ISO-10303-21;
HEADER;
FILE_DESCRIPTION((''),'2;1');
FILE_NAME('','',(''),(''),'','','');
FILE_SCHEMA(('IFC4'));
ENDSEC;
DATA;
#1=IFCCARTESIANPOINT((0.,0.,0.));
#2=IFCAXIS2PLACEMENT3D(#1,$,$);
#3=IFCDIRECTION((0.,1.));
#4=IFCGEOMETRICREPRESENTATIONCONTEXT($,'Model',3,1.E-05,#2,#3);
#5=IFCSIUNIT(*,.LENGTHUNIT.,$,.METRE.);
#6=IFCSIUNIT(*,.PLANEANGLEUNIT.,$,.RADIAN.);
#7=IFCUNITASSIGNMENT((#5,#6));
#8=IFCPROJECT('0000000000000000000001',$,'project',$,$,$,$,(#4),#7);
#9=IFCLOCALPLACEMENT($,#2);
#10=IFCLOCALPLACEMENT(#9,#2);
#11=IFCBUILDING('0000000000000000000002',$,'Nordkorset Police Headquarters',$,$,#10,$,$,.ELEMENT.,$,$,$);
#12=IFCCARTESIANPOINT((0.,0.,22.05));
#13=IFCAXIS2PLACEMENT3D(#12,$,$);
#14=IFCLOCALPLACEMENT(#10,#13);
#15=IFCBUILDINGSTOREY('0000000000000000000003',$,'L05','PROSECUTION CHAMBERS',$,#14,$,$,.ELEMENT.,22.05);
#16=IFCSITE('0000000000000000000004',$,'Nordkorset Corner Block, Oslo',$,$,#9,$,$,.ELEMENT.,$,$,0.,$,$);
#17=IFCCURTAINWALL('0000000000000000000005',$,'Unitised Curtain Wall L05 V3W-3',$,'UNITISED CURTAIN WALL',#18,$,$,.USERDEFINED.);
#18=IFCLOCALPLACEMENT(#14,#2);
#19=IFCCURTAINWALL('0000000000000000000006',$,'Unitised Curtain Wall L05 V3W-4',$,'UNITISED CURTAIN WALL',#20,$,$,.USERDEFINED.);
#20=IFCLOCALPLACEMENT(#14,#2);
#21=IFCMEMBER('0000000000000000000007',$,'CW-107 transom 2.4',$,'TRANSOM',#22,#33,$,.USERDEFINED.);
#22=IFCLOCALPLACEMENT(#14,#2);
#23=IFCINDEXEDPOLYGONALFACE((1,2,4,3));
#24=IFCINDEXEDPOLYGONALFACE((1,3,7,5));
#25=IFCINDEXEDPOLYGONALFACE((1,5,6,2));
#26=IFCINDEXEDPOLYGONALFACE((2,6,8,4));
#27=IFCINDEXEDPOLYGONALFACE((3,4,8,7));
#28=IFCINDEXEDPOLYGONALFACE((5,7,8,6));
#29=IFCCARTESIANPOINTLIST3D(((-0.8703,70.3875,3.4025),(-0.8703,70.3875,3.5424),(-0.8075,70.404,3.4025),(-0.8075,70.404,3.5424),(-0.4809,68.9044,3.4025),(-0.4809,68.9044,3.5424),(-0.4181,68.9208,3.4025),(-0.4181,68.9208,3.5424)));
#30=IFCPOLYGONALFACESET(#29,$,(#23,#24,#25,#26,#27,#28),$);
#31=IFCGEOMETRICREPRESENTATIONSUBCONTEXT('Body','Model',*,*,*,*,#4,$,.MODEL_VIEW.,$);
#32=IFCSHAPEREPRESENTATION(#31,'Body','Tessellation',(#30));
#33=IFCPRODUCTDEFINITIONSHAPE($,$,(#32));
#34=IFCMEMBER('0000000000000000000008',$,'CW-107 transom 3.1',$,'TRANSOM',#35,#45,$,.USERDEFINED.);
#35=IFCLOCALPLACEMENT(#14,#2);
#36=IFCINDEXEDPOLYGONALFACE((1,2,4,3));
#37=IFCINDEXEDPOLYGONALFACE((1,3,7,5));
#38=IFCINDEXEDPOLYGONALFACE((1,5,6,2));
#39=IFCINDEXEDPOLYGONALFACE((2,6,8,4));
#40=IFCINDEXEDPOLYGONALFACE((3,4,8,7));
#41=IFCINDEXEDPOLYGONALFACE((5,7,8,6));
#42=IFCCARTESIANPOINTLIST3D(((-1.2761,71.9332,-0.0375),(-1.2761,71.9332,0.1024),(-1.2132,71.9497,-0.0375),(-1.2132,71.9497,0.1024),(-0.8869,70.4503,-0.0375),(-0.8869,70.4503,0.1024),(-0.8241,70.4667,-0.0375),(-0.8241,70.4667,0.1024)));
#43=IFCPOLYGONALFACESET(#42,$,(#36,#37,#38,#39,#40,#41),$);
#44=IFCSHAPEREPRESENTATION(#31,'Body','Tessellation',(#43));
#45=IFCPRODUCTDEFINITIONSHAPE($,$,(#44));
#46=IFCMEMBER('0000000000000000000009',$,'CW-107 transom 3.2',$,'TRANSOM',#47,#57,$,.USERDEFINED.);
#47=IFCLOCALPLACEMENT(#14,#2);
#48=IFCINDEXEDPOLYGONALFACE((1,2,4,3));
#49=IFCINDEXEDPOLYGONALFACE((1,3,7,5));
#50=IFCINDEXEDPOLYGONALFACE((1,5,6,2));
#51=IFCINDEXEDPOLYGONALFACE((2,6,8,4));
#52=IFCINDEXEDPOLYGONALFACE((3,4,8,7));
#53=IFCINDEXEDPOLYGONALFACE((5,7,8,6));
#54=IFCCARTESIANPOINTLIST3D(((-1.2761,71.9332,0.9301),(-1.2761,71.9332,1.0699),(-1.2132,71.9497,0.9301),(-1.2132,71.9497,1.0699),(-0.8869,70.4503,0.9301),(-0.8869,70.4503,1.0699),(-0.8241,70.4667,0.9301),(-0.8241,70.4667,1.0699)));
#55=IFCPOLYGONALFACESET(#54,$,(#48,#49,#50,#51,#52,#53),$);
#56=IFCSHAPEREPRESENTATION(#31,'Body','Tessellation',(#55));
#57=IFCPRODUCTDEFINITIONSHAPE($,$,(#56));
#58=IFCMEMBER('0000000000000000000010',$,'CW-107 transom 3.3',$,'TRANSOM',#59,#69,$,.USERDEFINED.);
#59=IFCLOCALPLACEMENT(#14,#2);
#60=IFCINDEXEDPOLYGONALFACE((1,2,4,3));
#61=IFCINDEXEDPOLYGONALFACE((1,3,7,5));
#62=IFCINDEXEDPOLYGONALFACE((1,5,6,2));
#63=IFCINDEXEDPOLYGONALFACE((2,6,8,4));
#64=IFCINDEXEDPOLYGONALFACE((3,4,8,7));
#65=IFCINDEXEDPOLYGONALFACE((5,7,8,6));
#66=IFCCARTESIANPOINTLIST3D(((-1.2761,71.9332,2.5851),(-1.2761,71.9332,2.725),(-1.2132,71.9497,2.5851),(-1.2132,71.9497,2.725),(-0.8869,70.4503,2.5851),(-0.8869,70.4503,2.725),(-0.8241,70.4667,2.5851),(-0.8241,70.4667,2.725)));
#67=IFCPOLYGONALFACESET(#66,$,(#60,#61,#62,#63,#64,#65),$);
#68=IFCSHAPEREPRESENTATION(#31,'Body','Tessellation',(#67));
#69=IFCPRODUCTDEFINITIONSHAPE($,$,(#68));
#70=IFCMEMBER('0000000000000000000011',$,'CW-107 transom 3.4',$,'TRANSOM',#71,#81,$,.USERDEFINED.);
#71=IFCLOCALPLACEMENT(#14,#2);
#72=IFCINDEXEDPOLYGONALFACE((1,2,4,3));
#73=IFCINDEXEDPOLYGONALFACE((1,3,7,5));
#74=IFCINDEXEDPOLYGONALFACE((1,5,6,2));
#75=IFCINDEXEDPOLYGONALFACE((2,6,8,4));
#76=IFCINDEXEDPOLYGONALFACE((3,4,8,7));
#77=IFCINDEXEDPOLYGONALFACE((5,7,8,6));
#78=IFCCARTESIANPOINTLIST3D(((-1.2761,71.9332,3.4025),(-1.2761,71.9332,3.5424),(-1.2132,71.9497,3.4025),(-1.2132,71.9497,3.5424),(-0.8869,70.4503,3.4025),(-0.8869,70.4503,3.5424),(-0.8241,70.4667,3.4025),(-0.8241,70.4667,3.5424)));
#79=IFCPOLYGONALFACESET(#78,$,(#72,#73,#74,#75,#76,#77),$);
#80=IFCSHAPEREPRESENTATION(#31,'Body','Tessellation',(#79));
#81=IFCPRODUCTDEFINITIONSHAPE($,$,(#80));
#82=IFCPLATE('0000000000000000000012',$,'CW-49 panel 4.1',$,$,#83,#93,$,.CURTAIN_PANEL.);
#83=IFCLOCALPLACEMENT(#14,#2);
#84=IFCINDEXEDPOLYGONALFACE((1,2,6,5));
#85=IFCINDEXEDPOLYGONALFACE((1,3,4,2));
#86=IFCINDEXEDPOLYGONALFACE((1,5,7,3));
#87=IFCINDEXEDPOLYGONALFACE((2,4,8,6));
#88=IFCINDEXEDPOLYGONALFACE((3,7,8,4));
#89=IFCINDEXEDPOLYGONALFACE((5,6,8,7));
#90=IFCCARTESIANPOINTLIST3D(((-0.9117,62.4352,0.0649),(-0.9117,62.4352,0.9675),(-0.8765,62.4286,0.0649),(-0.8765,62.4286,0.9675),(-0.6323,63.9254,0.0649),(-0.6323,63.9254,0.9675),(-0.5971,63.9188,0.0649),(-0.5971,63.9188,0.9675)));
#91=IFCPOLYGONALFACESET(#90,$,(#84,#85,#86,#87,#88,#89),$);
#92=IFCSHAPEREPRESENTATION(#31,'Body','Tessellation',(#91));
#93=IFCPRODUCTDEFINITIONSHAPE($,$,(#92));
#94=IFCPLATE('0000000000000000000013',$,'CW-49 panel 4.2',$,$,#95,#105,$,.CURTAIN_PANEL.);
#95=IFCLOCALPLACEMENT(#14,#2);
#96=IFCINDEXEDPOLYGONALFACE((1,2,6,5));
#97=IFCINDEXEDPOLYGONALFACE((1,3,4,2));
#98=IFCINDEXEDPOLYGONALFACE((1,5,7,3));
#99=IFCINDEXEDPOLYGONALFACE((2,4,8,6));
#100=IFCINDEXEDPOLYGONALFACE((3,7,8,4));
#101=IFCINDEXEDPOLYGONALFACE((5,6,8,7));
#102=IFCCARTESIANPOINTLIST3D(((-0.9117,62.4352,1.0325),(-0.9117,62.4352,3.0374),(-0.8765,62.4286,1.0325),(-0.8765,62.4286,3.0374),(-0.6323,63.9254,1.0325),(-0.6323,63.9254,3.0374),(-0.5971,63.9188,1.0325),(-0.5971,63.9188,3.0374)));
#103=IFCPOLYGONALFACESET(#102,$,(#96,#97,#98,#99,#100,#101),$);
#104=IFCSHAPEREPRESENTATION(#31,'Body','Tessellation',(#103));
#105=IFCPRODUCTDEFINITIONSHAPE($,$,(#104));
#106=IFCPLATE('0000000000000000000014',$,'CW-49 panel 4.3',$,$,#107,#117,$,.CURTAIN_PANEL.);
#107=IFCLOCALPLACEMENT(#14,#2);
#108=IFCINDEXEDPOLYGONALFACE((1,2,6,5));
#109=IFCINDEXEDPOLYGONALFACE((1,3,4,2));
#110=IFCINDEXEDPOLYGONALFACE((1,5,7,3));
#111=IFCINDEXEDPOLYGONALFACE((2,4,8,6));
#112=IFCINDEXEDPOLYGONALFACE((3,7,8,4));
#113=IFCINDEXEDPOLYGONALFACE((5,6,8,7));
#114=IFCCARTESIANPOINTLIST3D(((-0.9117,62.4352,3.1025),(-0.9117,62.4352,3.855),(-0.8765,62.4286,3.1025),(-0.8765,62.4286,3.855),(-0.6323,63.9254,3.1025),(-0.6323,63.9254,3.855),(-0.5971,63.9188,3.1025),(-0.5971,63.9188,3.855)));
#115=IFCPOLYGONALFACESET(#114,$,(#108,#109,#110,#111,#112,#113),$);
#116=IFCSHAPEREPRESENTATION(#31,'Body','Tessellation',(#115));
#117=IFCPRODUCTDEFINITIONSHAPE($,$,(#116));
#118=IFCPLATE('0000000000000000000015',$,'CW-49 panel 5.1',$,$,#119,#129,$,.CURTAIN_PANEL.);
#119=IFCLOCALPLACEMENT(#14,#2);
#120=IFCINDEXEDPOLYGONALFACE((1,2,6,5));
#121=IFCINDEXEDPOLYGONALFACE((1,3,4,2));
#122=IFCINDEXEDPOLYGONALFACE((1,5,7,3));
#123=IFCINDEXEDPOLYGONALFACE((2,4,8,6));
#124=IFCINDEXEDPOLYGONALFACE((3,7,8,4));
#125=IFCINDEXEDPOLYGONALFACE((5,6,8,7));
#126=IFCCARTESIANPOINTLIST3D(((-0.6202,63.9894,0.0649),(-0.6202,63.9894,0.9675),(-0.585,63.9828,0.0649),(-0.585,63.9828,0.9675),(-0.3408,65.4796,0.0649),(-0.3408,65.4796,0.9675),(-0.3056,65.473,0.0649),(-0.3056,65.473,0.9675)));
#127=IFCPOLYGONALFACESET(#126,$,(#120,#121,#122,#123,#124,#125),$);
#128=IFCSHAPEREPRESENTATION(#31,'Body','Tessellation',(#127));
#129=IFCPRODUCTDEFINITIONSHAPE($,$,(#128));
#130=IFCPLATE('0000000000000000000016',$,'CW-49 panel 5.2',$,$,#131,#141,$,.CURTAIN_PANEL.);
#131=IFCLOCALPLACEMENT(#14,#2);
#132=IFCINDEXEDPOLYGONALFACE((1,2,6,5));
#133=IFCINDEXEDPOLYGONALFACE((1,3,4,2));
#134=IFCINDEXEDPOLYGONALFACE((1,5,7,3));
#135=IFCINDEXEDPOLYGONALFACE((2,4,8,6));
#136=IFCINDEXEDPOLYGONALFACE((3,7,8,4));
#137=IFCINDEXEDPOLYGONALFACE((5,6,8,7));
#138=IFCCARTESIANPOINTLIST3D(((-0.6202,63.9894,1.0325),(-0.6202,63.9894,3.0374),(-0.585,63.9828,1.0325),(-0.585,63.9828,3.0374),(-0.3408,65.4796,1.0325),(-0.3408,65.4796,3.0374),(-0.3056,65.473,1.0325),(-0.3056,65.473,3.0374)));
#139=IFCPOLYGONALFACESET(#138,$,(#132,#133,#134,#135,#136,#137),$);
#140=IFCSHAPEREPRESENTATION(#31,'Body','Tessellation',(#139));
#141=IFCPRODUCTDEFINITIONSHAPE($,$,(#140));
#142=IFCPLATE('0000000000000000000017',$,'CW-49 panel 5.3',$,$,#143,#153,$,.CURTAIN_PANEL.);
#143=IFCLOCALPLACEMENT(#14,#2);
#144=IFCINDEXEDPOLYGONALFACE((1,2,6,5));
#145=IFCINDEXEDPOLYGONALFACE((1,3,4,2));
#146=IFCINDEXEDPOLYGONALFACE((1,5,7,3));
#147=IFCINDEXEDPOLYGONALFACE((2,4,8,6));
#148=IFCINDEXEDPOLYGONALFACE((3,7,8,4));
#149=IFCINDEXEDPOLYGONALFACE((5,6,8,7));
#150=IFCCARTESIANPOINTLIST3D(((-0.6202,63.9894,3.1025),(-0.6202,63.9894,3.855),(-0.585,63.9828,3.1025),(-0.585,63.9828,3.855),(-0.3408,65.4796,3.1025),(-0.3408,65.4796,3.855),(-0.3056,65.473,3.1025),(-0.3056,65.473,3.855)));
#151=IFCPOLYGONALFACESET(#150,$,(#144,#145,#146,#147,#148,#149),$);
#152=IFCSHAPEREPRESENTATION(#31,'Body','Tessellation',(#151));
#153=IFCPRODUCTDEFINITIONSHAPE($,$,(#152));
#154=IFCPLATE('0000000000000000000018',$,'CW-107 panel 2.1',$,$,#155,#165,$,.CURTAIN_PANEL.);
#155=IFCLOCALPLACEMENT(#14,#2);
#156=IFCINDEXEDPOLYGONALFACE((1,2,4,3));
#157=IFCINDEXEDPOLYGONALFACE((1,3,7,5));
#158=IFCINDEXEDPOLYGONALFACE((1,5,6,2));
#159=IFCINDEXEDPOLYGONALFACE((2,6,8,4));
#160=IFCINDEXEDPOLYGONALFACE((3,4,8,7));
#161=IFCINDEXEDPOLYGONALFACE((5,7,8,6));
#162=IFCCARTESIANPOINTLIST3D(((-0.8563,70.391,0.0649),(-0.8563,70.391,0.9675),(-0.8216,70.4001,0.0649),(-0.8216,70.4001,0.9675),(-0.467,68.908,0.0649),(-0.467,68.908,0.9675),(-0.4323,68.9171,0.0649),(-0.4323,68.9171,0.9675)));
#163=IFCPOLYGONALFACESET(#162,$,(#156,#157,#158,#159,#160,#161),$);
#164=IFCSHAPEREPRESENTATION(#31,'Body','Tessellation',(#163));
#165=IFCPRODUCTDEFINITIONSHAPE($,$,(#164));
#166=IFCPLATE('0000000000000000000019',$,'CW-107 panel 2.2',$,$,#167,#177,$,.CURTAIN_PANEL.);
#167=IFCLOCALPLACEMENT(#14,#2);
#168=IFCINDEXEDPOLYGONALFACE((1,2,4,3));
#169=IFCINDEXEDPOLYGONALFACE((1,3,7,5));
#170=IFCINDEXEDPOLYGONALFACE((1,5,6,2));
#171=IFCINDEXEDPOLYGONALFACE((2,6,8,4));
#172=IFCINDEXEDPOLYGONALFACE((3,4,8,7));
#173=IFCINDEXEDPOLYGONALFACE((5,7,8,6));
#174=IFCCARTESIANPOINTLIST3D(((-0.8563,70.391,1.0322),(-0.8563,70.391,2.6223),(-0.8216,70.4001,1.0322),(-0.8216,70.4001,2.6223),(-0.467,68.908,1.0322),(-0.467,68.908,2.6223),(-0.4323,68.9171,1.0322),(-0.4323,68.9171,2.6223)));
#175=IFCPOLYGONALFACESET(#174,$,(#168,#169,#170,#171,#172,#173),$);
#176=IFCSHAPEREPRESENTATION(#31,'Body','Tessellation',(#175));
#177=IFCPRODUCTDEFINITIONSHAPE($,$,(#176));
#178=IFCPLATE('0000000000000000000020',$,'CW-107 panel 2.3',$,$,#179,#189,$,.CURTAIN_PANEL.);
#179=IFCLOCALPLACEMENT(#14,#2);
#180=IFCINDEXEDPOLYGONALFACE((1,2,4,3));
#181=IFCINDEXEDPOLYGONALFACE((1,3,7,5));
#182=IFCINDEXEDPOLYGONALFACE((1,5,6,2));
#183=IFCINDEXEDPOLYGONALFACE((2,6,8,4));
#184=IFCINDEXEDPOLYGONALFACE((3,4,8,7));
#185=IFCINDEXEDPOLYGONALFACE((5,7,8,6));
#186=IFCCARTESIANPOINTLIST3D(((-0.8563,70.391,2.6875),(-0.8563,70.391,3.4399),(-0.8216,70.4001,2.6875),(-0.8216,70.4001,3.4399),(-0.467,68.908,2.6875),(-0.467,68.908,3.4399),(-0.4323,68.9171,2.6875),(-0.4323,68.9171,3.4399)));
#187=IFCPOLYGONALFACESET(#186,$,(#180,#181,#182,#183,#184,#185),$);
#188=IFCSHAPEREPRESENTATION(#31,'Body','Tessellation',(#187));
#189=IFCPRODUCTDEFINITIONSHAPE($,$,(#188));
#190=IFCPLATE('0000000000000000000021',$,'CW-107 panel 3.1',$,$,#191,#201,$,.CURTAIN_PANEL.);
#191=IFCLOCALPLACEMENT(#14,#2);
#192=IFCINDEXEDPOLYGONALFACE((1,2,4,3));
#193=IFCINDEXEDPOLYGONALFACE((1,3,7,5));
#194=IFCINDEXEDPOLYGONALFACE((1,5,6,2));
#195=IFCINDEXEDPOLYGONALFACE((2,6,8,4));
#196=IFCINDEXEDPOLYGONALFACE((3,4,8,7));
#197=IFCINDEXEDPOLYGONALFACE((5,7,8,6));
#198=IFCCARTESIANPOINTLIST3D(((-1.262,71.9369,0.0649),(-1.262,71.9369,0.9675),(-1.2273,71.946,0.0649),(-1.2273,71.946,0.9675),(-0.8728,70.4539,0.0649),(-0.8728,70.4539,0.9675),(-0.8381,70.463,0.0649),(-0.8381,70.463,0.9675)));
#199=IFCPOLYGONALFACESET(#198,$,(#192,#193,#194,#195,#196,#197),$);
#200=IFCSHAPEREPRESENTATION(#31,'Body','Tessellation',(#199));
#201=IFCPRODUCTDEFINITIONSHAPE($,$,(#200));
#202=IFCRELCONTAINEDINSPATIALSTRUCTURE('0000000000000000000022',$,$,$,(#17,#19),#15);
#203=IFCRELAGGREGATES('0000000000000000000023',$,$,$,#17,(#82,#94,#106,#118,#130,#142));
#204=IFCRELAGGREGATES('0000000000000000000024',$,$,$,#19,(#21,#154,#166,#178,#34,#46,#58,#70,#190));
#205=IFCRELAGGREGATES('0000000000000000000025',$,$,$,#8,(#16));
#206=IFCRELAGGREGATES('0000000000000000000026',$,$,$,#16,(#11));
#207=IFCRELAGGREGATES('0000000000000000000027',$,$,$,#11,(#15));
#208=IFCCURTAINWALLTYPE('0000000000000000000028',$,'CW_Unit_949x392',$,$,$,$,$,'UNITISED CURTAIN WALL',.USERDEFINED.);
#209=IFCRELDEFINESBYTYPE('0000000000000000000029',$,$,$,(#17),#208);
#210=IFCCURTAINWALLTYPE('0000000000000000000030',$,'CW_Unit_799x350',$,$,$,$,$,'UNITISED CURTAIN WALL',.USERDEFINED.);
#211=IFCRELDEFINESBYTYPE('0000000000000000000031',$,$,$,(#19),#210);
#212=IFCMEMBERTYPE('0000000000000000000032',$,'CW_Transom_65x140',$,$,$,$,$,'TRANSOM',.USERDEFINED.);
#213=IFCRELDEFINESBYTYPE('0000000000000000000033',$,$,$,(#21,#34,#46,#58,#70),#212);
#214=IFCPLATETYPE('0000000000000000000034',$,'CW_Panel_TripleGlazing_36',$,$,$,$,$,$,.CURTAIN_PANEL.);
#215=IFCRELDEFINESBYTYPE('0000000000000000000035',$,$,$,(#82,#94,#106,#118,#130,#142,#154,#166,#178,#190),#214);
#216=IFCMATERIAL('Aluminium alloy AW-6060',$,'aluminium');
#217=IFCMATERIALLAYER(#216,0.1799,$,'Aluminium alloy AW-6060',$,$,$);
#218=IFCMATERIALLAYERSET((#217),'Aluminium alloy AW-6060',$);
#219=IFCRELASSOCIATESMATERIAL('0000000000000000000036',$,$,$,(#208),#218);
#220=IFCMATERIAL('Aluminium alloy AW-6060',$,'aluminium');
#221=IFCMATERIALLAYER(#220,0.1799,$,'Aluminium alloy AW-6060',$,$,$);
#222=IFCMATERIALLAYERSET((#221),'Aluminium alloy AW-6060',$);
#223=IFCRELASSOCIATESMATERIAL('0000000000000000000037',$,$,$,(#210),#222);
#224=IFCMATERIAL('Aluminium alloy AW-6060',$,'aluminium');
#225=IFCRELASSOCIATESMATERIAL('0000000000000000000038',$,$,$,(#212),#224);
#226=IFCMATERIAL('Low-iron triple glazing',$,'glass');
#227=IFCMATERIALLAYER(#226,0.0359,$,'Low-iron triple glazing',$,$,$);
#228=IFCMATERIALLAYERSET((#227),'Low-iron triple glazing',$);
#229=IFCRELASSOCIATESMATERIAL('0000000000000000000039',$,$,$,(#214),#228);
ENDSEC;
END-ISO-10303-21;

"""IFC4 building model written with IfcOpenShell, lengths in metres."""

from ifc_helpers import new_model, si_unit, direction, frame, origin, origin_2d, place, context, subcontext, project, spatial, rectangle, extrude, material, layer, layer_set, material_profile, profile_set, type_object, element, aggregate, save


model = new_model("IFC4")

# Units and contexts
model_context = context("Model", 3, precision=1e-05, world=origin(), true_north=direction((0.0, 1.0)))
body_context = subcontext(model_context, "Body", "Model", "MODEL_VIEW")
ifc_project = project(units=[si_unit("LENGTHUNIT", "METRE"), si_unit("PLANEANGLEUNIT", "RADIAN")], contexts=[model_context])

# Site, building, storey
site_placement = place(None, origin())
site = spatial("IfcSite", under=ifc_project, at=site_placement, Name="Nordkorset Corner Block, Oslo", CompositionType="ELEMENT", RefElevation=0.0)
building_placement = place(site_placement, origin())
building = spatial("IfcBuilding", under=site, at=building_placement, Name="Nordkorset Police Headquarters", CompositionType="ELEMENT")
storey_placement = place(building_placement, frame((0.0, 0.0, 22.05)))
storey = spatial("IfcBuildingStorey", under=building, at=storey_placement, Name="L05", Description="PROSECUTION CHAMBERS", CompositionType="ELEMENT", Elevation=22.05)

# Curtain walls
ifc_material_1 = material(Name="Aluminium alloy AW-6060", Category="aluminium")
ifc_layer_1 = layer(ifc_material_1, 0.1799, Name="Aluminium alloy AW-6060")
ifc_layer_set_1 = layer_set([ifc_layer_1], Name="Aluminium alloy AW-6060")
curtain_wall_type_1 = type_object("IfcCurtainWallType", Name="CW_Unit_949x392", ElementType="UNITISED CURTAIN WALL", PredefinedType="USERDEFINED", material=ifc_layer_set_1)
curtain_wall_1_placement = place(storey_placement, origin())
curtain_wall_1 = element("IfcCurtainWall", 1, at=curtain_wall_1_placement, inside=storey, type_object=curtain_wall_type_1, Name="Unitised Curtain Wall L05 V3W-3", ObjectType="UNITISED CURTAIN WALL", PredefinedType="USERDEFINED")
ifc_material_2 = material(Name="Aluminium alloy AW-6060", Category="aluminium")
ifc_layer_2 = layer(ifc_material_2, 0.1799, Name="Aluminium alloy AW-6060")
ifc_layer_set_2 = layer_set([ifc_layer_2], Name="Aluminium alloy AW-6060")
curtain_wall_type_2 = type_object("IfcCurtainWallType", Name="CW_Unit_799x350", ElementType="UNITISED CURTAIN WALL", PredefinedType="USERDEFINED", material=ifc_layer_set_2)
curtain_wall_2_placement = place(storey_placement, origin())
curtain_wall_2 = element("IfcCurtainWall", 2, at=curtain_wall_2_placement, inside=storey, type_object=curtain_wall_type_2, Name="Unitised Curtain Wall L05 V3W-4", ObjectType="UNITISED CURTAIN WALL", PredefinedType="USERDEFINED")

# Members
ifc_material_3 = material(Name="Aluminium alloy AW-6060", Category="aluminium")
ifc_material_profile_1 = material_profile(ifc_material_3, rectangle(XDim=0.0649, YDim=0.1399, at=origin_2d()), Name="ALU TRAN 65x140")
ifc_profile_set_1 = profile_set([ifc_material_profile_1], Name="Aluminium alloy AW-6060")
member_type_1 = type_object("IfcMemberType", Name="CW_Transom_65x140", ElementType="TRANSOM", PredefinedType="USERDEFINED", material=ifc_profile_set_1)
member_1_placement = place(storey_placement, frame((-0.4495, 68.9126, 3.4724), z_axis=(-0.253945, 0.967219, 0.0), x_axis=(-0.967219, -0.253945, 0.0)))
member_1 = element("IfcMember", 3, at=member_1_placement, type_object=member_type_1, Name="CW-107 transom 2.4", ObjectType="TRANSOM", PredefinedType="USERDEFINED", context=body_context, shape_type="SweptSolid", body=[
    extrude(rectangle(XDim=0.0649, YDim=0.1399, at=origin_2d()), origin(), (0.0, 0.0, 1.0), 1.5334),
])
member_2_placement = place(storey_placement, frame((-0.8555, 70.4585, 0.0325), z_axis=(-0.253835, 0.967248, 0.0), x_axis=(-0.967248, -0.253835, 0.0)))
member_2 = element("IfcMember", 4, at=member_2_placement, type_object=member_type_1, Name="CW-107 transom 3.1", ObjectType="TRANSOM", PredefinedType="USERDEFINED", context=body_context, shape_type="SweptSolid", body=[
    extrude(rectangle(XDim=0.0649, YDim=0.1399, at=origin_2d()), origin(), (0.0, 0.0, 1.0), 1.5332),
])
member_3_placement = place(storey_placement, frame((-0.8555, 70.4585, 1.0), z_axis=(-0.253835, 0.967248, 0.0), x_axis=(-0.967248, -0.253835, 0.0)))
member_3 = element("IfcMember", 5, at=member_3_placement, type_object=member_type_1, Name="CW-107 transom 3.2", ObjectType="TRANSOM", PredefinedType="USERDEFINED", context=body_context, shape_type="SweptSolid", body=[
    extrude(rectangle(XDim=0.0649, YDim=0.1399, at=origin_2d()), origin(), (0.0, 0.0, 1.0), 1.5332),
])
member_4_placement = place(storey_placement, frame((-0.8555, 70.4585, 2.655), z_axis=(-0.253835, 0.967248, 0.0), x_axis=(-0.967248, -0.253835, 0.0)))
member_4 = element("IfcMember", 6, at=member_4_placement, type_object=member_type_1, Name="CW-107 transom 3.3", ObjectType="TRANSOM", PredefinedType="USERDEFINED", context=body_context, shape_type="SweptSolid", body=[
    extrude(rectangle(XDim=0.0649, YDim=0.1399, at=origin_2d()), origin(), (0.0, 0.0, 1.0), 1.5332),
])
member_5_placement = place(storey_placement, frame((-0.8555, 70.4585, 3.4724), z_axis=(-0.253835, 0.967248, 0.0), x_axis=(-0.967248, -0.253835, 0.0)))
member_5 = element("IfcMember", 7, at=member_5_placement, type_object=member_type_1, Name="CW-107 transom 3.4", ObjectType="TRANSOM", PredefinedType="USERDEFINED", context=body_context, shape_type="SweptSolid", body=[
    extrude(rectangle(XDim=0.0649, YDim=0.1399, at=origin_2d()), origin(), (0.0, 0.0, 1.0), 1.5332),
])

# Plates
ifc_material_4 = material(Name="Low-iron triple glazing", Category="glass")
ifc_layer_3 = layer(ifc_material_4, 0.0359, Name="Low-iron triple glazing")
ifc_layer_set_3 = layer_set([ifc_layer_3], Name="Low-iron triple glazing")
plate_type = type_object("IfcPlateType", Name="CW_Panel_TripleGlazing_36", PredefinedType="CURTAIN_PANEL", material=ifc_layer_set_3)
plate_1_placement = place(storey_placement, frame((-0.7544, 63.177, 0.0649), z_axis=(0.0, 0.0, 1.0), x_axis=(0.184289, 0.982872, 0.0)))
plate_1 = element("IfcPlate", 8, at=plate_1_placement, type_object=plate_type, Name="CW-49 panel 4.1", PredefinedType="CURTAIN_PANEL", context=body_context, shape_type="SweptSolid", body=[
    extrude(rectangle(XDim=1.5161, YDim=0.0359, at=origin_2d()), origin(), (0.0, 0.0, 1.0), 0.9026),
])
plate_2_placement = place(storey_placement, frame((-0.7544, 63.177, 1.0325), z_axis=(0.0, 0.0, 1.0), x_axis=(0.184289, 0.982872, 0.0)))
plate_2 = element("IfcPlate", 9, at=plate_2_placement, type_object=plate_type, Name="CW-49 panel 4.2", PredefinedType="CURTAIN_PANEL", context=body_context, shape_type="SweptSolid", body=[
    extrude(rectangle(XDim=1.5161, YDim=0.0359, at=origin_2d()), origin(), (0.0, 0.0, 1.0), 2.0049),
])
plate_3_placement = place(storey_placement, frame((-0.7544, 63.177, 3.1025), z_axis=(0.0, 0.0, 1.0), x_axis=(0.184289, 0.982872, 0.0)))
plate_3 = element("IfcPlate", 10, at=plate_3_placement, type_object=plate_type, Name="CW-49 panel 4.3", PredefinedType="CURTAIN_PANEL", context=body_context, shape_type="SweptSolid", body=[
    extrude(rectangle(XDim=1.5161, YDim=0.0359, at=origin_2d()), origin(), (0.0, 0.0, 1.0), 0.7524),
])
plate_4_placement = place(storey_placement, frame((-0.4629, 64.7312, 0.0649), z_axis=(0.0, 0.0, 1.0), x_axis=(0.184289, 0.982872, 0.0)))
plate_4 = element("IfcPlate", 11, at=plate_4_placement, type_object=plate_type, Name="CW-49 panel 5.1", PredefinedType="CURTAIN_PANEL", context=body_context, shape_type="SweptSolid", body=[
    extrude(rectangle(XDim=1.5161, YDim=0.0359, at=origin_2d()), origin(), (0.0, 0.0, 1.0), 0.9026),
])
plate_5_placement = place(storey_placement, frame((-0.4629, 64.7312, 1.0325), z_axis=(0.0, 0.0, 1.0), x_axis=(0.184289, 0.982872, 0.0)))
plate_5 = element("IfcPlate", 12, at=plate_5_placement, type_object=plate_type, Name="CW-49 panel 5.2", PredefinedType="CURTAIN_PANEL", context=body_context, shape_type="SweptSolid", body=[
    extrude(rectangle(XDim=1.5161, YDim=0.0359, at=origin_2d()), origin(), (0.0, 0.0, 1.0), 2.0049),
])
plate_6_placement = place(storey_placement, frame((-0.4629, 64.7312, 3.1025), z_axis=(0.0, 0.0, 1.0), x_axis=(0.184289, 0.982872, 0.0)))
plate_6 = element("IfcPlate", 13, at=plate_6_placement, type_object=plate_type, Name="CW-49 panel 5.3", PredefinedType="CURTAIN_PANEL", context=body_context, shape_type="SweptSolid", body=[
    extrude(rectangle(XDim=1.5161, YDim=0.0359, at=origin_2d()), origin(), (0.0, 0.0, 1.0), 0.7524),
])
aggregate(curtain_wall_1, [plate_1, plate_2, plate_3, plate_4, plate_5, plate_6])
plate_7_placement = place(storey_placement, frame((-0.6443, 69.6541, 0.0649), z_axis=(0.0, 0.0, 1.0), x_axis=(-0.253897, 0.967231, 0.0)))
plate_7 = element("IfcPlate", 14, at=plate_7_placement, type_object=plate_type, Name="CW-107 panel 2.1", PredefinedType="CURTAIN_PANEL", context=body_context, shape_type="SweptSolid", body=[
    extrude(rectangle(XDim=1.5332, YDim=0.0359, at=origin_2d()), origin(), (0.0, 0.0, 1.0), 0.9026),
])
plate_8_placement = place(storey_placement, frame((-0.6443, 69.6541, 1.0322), z_axis=(0.0, 0.0, 1.0), x_axis=(-0.253897, 0.967231, 0.0)))
plate_8 = element("IfcPlate", 15, at=plate_8_placement, type_object=plate_type, Name="CW-107 panel 2.2", PredefinedType="CURTAIN_PANEL", context=body_context, shape_type="SweptSolid", body=[
    extrude(rectangle(XDim=1.5332, YDim=0.0359, at=origin_2d()), origin(), (0.0, 0.0, 1.0), 1.5901),
])
plate_9_placement = place(storey_placement, frame((-0.6443, 69.6541, 2.6875), z_axis=(0.0, 0.0, 1.0), x_axis=(-0.253897, 0.967231, 0.0)))
plate_9 = element("IfcPlate", 16, at=plate_9_placement, type_object=plate_type, Name="CW-107 panel 2.3", PredefinedType="CURTAIN_PANEL", context=body_context, shape_type="SweptSolid", body=[
    extrude(rectangle(XDim=1.5332, YDim=0.0359, at=origin_2d()), origin(), (0.0, 0.0, 1.0), 0.7524),
])
plate_10_placement = place(storey_placement, frame((-1.05, 71.2, 0.0649), z_axis=(0.0, 0.0, 1.0), x_axis=(-0.253897, 0.967231, 0.0)))
plate_10 = element("IfcPlate", 17, at=plate_10_placement, type_object=plate_type, Name="CW-107 panel 3.1", PredefinedType="CURTAIN_PANEL", context=body_context, shape_type="SweptSolid", body=[
    extrude(rectangle(XDim=1.5332, YDim=0.0359, at=origin_2d()), origin(), (0.0, 0.0, 1.0), 0.9026),
])
aggregate(curtain_wall_2, [member_1, plate_7, plate_8, plate_9, member_2, member_3, member_4, member_5, plate_10])

save(model, "model.ifc")
